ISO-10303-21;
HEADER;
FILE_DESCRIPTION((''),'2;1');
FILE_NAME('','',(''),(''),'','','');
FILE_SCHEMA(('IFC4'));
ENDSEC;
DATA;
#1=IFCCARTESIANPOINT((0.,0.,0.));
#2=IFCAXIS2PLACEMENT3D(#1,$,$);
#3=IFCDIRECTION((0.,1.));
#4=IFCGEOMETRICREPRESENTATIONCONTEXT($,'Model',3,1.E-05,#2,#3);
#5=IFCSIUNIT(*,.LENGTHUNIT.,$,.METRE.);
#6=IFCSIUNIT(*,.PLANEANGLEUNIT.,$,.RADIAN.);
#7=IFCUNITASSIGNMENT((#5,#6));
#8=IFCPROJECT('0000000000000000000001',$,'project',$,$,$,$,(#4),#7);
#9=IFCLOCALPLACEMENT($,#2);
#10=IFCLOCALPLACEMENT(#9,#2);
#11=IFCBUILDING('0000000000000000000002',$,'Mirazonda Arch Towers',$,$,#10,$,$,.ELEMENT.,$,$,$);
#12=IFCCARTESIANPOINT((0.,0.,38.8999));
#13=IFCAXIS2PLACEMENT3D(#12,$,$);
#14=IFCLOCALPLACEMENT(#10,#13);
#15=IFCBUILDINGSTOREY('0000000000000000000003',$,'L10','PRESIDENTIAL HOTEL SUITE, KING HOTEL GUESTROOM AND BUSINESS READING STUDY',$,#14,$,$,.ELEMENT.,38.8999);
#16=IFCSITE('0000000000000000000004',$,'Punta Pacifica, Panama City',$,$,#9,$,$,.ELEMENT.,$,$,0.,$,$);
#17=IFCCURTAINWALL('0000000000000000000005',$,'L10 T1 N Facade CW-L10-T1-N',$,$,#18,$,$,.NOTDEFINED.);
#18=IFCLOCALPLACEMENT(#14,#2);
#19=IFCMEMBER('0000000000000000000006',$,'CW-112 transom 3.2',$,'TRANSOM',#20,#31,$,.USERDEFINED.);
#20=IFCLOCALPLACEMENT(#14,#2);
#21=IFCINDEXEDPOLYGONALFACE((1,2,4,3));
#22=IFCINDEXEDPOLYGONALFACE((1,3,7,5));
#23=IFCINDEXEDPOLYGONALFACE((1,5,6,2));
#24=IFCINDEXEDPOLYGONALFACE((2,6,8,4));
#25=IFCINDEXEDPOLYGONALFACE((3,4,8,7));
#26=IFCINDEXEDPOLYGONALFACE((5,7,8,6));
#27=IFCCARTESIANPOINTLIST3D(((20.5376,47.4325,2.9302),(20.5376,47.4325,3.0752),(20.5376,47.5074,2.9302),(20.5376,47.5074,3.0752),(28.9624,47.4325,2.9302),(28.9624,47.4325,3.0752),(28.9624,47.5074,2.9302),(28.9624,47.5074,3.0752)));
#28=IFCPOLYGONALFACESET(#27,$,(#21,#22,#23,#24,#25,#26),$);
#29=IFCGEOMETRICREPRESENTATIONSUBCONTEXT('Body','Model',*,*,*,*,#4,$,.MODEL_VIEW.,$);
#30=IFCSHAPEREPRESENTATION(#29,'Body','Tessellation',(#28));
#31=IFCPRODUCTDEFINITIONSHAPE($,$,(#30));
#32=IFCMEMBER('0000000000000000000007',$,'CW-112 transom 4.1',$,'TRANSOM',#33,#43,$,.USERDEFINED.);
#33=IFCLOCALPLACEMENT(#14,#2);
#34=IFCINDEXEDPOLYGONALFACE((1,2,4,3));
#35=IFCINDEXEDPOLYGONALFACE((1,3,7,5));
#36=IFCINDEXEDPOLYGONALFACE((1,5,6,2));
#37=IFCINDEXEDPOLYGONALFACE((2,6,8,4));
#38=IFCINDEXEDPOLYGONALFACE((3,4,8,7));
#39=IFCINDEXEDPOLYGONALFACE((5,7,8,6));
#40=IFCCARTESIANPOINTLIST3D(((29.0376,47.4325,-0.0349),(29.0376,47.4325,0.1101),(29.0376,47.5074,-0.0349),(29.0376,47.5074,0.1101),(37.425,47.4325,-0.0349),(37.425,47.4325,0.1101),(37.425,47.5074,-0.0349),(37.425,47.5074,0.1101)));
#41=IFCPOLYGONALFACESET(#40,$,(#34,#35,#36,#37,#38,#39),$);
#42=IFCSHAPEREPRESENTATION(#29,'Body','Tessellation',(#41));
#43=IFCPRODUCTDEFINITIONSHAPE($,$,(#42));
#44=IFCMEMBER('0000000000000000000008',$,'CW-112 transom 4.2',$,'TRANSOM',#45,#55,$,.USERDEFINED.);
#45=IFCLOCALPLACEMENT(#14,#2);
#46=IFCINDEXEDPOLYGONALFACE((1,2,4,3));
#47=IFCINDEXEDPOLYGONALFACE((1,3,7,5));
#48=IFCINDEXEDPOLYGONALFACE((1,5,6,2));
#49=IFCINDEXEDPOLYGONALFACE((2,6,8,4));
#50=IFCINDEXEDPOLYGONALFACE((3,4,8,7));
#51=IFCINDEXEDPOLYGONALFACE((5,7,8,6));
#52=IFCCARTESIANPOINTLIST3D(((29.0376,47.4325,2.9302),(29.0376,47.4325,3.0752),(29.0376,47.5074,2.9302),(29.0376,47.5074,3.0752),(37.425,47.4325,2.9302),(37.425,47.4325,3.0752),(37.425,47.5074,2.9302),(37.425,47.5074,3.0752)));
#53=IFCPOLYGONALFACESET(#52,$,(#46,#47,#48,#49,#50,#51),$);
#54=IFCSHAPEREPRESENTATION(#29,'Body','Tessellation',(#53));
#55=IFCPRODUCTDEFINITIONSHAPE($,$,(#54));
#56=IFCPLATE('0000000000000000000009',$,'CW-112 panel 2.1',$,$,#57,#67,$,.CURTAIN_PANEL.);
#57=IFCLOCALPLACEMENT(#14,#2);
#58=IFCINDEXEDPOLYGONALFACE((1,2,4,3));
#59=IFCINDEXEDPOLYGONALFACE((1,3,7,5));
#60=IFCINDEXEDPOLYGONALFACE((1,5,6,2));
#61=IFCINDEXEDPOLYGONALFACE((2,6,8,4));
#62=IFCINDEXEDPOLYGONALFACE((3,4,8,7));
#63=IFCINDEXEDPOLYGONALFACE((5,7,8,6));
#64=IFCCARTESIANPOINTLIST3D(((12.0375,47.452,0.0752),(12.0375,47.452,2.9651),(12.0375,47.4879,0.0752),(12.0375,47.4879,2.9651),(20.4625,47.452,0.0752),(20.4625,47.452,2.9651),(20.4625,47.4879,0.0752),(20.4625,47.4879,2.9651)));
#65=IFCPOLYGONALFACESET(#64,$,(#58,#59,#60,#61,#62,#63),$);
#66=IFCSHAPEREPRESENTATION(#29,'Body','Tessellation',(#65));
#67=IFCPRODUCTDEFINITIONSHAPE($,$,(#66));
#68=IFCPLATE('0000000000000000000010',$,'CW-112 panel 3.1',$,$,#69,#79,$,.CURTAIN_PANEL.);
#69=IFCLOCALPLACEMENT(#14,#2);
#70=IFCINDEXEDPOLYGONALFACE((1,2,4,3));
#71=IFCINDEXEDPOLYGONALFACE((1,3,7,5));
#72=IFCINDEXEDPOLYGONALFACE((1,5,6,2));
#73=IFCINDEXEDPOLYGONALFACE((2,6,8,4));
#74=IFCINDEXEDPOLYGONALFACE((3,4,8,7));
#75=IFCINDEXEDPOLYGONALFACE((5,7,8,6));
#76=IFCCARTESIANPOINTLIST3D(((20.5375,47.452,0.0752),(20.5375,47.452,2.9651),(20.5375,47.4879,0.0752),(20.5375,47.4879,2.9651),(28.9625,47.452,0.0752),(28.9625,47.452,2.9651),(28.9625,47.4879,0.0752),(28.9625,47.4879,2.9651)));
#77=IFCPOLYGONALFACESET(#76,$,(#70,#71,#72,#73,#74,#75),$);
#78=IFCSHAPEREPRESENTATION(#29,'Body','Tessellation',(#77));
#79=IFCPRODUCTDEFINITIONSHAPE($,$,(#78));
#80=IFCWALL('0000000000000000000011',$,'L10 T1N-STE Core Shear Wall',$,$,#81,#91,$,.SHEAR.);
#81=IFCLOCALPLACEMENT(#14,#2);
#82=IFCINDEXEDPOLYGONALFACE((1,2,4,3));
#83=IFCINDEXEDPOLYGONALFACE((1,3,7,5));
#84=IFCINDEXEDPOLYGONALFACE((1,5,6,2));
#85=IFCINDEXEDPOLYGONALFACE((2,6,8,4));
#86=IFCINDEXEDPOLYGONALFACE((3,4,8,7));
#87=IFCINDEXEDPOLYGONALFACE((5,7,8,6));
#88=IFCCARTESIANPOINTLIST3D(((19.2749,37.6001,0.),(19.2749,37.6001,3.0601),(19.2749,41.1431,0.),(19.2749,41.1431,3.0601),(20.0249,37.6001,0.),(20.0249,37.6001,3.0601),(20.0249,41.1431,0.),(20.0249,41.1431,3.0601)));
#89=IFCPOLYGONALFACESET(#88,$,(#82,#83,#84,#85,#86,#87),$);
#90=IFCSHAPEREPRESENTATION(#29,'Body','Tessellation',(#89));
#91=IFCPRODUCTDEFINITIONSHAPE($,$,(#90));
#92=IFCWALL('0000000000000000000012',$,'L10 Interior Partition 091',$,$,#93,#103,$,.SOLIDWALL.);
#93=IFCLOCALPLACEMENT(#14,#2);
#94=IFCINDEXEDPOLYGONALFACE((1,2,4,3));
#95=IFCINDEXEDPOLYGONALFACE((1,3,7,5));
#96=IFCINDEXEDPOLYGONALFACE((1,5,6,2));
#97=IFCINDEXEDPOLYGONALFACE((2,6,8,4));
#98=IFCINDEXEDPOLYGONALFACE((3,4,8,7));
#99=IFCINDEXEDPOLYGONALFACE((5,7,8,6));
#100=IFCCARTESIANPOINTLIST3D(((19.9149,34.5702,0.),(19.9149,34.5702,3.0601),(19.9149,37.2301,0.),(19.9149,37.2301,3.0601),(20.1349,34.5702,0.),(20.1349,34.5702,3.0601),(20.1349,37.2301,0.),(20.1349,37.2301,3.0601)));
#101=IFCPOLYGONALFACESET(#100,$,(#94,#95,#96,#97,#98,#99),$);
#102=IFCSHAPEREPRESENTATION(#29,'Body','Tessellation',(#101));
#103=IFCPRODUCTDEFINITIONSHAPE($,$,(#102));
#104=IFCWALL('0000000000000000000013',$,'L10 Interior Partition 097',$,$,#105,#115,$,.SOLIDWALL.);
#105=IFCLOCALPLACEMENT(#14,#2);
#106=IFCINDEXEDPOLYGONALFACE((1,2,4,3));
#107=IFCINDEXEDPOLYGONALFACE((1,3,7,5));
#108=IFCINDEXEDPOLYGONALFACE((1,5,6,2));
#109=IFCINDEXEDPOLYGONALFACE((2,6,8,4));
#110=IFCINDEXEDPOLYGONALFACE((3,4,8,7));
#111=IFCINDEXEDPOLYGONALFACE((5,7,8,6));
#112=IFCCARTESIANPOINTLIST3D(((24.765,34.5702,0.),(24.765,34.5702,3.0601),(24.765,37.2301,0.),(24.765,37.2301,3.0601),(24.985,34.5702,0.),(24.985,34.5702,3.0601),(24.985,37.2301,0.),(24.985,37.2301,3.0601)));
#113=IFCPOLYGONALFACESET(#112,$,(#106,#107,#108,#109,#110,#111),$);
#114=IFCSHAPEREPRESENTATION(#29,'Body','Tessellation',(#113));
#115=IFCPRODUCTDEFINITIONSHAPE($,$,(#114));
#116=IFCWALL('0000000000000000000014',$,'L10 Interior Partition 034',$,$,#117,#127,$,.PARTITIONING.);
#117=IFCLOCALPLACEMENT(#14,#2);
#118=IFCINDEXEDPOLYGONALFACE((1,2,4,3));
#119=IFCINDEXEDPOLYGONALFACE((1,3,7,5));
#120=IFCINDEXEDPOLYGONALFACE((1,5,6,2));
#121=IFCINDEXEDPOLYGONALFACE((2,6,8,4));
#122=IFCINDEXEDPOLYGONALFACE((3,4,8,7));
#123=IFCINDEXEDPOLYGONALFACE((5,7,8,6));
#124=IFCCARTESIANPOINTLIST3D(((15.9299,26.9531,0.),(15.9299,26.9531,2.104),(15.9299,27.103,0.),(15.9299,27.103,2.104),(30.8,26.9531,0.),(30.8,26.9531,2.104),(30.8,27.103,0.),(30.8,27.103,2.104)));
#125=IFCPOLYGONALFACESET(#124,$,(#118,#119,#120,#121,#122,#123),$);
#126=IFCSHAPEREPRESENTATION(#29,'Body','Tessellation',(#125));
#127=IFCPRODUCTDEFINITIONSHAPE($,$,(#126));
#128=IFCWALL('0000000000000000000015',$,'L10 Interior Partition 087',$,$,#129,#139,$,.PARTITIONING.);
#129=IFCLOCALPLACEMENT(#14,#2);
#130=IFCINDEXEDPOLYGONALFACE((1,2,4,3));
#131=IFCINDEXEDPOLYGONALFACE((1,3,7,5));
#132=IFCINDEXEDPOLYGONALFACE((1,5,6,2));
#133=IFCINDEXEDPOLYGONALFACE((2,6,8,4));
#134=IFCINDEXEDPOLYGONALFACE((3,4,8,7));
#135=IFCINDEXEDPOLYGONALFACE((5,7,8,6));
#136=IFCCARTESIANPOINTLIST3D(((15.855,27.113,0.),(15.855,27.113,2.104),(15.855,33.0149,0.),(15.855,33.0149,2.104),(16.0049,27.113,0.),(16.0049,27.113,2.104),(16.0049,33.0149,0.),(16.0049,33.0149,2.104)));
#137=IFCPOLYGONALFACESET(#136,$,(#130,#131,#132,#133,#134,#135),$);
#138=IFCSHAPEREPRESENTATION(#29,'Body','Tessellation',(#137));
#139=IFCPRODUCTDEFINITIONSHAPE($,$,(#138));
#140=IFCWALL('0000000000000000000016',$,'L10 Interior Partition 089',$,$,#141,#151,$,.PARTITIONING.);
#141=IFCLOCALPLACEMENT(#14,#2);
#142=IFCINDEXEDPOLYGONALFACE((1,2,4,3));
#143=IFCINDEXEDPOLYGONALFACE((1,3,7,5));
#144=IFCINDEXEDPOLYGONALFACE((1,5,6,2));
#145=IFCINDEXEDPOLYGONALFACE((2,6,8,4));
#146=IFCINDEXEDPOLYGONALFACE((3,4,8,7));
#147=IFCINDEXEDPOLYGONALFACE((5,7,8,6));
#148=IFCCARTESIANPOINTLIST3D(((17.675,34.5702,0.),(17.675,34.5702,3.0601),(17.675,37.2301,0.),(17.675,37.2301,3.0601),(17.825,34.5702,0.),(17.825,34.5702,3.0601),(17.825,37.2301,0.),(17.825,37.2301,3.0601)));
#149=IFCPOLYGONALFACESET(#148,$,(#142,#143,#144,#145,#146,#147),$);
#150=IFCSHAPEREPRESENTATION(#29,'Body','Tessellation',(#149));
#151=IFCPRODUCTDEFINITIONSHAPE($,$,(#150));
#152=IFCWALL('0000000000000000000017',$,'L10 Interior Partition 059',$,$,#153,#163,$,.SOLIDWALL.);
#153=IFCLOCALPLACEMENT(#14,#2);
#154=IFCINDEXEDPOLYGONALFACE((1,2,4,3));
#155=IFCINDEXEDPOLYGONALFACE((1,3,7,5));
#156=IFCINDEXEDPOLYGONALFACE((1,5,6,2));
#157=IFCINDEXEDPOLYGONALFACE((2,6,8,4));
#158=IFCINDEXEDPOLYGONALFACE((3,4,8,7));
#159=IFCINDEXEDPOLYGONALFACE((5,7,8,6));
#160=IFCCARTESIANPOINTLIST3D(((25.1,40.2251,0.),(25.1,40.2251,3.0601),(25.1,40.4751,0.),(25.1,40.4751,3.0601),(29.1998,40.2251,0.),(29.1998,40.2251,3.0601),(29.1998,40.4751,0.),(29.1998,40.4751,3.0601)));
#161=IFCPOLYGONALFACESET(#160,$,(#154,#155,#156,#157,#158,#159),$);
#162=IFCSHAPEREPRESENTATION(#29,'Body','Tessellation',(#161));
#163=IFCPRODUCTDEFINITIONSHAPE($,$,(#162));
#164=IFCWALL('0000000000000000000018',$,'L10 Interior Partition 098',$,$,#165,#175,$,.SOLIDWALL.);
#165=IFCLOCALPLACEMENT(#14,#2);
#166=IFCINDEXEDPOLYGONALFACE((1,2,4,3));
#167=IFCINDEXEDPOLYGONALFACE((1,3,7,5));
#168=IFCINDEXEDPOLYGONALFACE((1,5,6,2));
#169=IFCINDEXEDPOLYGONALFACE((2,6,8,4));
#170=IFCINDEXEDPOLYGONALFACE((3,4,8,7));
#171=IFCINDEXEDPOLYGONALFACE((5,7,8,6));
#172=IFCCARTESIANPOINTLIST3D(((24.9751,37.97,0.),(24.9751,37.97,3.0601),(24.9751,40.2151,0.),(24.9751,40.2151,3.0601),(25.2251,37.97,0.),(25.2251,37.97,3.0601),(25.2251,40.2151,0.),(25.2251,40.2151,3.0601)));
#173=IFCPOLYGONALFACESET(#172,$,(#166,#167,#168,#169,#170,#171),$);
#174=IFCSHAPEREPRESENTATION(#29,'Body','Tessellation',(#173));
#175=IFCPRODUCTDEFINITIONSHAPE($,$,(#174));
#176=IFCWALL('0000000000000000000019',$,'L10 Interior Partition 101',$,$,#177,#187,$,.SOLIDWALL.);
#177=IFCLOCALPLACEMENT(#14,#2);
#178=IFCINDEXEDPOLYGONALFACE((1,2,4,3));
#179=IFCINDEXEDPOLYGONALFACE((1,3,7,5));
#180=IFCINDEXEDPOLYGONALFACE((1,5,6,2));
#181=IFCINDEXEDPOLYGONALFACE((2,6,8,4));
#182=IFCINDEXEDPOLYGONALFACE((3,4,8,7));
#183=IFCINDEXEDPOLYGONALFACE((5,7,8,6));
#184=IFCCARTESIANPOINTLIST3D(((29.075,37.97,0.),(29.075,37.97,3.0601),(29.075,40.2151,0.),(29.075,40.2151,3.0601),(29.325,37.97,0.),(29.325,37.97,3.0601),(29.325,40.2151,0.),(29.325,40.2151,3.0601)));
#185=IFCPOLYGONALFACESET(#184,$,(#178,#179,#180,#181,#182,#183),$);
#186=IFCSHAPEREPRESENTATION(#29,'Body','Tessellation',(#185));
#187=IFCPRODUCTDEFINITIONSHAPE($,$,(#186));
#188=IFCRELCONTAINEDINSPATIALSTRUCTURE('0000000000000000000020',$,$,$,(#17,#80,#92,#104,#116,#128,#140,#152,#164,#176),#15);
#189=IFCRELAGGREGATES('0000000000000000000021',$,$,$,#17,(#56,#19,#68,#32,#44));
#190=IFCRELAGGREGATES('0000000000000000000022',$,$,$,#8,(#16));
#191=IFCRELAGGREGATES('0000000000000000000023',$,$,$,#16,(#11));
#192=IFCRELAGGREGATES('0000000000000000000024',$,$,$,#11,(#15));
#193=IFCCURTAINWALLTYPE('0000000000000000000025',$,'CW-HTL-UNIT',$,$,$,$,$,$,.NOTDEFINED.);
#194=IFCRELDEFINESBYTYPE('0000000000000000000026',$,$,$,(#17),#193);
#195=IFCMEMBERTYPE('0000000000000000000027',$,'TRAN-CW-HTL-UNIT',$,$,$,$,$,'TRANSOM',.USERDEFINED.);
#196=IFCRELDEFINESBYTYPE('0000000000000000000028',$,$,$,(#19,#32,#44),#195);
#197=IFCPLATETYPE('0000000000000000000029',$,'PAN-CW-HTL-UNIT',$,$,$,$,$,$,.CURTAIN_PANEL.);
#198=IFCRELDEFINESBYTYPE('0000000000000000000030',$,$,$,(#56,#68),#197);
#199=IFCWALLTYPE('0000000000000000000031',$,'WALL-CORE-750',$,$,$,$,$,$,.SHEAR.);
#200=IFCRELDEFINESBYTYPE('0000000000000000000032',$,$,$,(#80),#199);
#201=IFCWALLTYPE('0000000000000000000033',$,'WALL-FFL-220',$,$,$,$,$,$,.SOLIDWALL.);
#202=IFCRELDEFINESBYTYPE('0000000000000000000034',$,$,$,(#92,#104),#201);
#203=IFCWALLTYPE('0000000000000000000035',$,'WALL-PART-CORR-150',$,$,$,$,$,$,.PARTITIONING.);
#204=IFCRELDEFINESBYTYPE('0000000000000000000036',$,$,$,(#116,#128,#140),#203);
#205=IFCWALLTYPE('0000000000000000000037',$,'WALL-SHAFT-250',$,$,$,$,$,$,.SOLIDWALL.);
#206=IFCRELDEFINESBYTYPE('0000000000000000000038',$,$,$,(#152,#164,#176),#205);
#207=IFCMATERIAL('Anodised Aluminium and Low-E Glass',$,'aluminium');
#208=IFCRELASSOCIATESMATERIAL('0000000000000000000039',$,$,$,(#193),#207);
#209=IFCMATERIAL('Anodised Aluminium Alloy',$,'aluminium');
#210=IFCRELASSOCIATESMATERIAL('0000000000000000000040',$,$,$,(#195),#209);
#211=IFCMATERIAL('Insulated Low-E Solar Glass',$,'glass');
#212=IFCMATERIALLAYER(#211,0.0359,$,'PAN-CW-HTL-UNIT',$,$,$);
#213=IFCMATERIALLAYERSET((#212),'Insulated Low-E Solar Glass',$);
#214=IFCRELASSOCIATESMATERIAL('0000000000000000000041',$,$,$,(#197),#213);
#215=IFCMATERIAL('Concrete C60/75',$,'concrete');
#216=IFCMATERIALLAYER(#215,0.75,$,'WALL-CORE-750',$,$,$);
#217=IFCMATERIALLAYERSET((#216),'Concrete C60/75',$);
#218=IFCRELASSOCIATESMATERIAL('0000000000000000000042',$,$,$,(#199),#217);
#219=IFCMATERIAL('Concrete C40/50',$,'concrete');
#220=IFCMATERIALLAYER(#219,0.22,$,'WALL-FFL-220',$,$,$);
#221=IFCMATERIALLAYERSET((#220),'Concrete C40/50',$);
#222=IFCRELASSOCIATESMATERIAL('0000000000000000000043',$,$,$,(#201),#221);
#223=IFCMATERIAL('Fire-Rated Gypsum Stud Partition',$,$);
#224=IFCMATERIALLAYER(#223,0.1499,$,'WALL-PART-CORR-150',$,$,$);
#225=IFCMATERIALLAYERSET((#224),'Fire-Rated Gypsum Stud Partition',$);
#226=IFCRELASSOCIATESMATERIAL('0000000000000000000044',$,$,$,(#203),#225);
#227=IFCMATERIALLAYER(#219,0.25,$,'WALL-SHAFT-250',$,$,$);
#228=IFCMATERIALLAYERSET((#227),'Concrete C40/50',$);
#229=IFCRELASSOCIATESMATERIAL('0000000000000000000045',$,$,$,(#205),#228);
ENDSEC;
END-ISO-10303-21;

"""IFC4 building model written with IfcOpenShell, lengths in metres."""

from ifc_helpers import new_model, si_unit, direction, frame, frame_2d, origin, origin_2d, place, context, subcontext, project, spatial, rectangle, extrude, material, layer, layer_set, material_profile, profile_set, type_object, element, aggregate, save


model = new_model("IFC4")

# Units and contexts
model_context = context("Model", 3, precision=1e-05, world=origin(), true_north=direction((0.0, 1.0)))
body_context = subcontext(model_context, "Body", "Model", "MODEL_VIEW")
ifc_project = project(units=[si_unit("LENGTHUNIT", "METRE"), si_unit("PLANEANGLEUNIT", "RADIAN")], contexts=[model_context])

# Site, building, storey
site_placement = place(None, origin())
site = spatial("IfcSite", under=ifc_project, at=site_placement, Name="Punta Pacifica, Panama City", CompositionType="ELEMENT", RefElevation=0.0)
building_placement = place(site_placement, origin())
building = spatial("IfcBuilding", under=site, at=building_placement, Name="Mirazonda Arch Towers", CompositionType="ELEMENT")
storey_placement = place(building_placement, frame((0.0, 0.0, 38.8999)))
storey = spatial("IfcBuildingStorey", under=building, at=storey_placement, Name="L10", Description="PRESIDENTIAL HOTEL SUITE, KING HOTEL GUESTROOM AND BUSINESS READING STUDY", CompositionType="ELEMENT", Elevation=38.8999)

# Shared definitions
ifc_material_1 = material(Name="Concrete C60/75", Category="concrete")

# Curtain wall, members, plates
ifc_material_2 = material(Name="Anodised Aluminium and Low-E Glass", Category="aluminium")
curtain_wall_type = type_object("IfcCurtainWallType", Name="CW-HTL-UNIT", PredefinedType="NOTDEFINED", material=ifc_material_2)
curtain_wall_placement = place(storey_placement, origin())
curtain_wall = element("IfcCurtainWall", 1, at=curtain_wall_placement, inside=storey, type_object=curtain_wall_type, Name="L10 T1 N Facade CW-L10-T1-N", PredefinedType="NOTDEFINED")
ifc_material_3 = material(Name="Anodised Aluminium Alloy", Category="aluminium")
ifc_material_profile_1 = material_profile(ifc_material_3, rectangle(XDim=0.075, YDim=0.145, at=origin_2d()), Name="ALU-TRAN-75x145")
ifc_profile_set_1 = profile_set([ifc_material_profile_1], Name="Anodised Aluminium Alloy")
member_type_1 = type_object("IfcMemberType", Name="TRAN-CW-HTL-UNIT", ElementType="TRANSOM", PredefinedType="USERDEFINED", material=ifc_profile_set_1)
member_1_placement = place(storey_placement, frame((20.5376, 47.47, 3.0027), z_axis=(1.0, 0.0, 0.0), x_axis=(0.0, 1.0, 0.0)))
member_1 = element("IfcMember", 2, at=member_1_placement, type_object=member_type_1, Name="CW-112 transom 3.2", ObjectType="TRANSOM", PredefinedType="USERDEFINED", context=body_context, shape_type="SweptSolid", body=[
    extrude(rectangle(XDim=0.075, YDim=0.145, at=origin_2d()), origin(), (0.0, 0.0, 1.0), 8.4248),
])
member_2_placement = place(storey_placement, frame((29.0376, 47.47, 0.0376), z_axis=(1.0, 0.0, 0.0), x_axis=(0.0, 1.0, 0.0)))
member_2 = element("IfcMember", 3, at=member_2_placement, type_object=member_type_1, Name="CW-112 transom 4.1", ObjectType="TRANSOM", PredefinedType="USERDEFINED", context=body_context, shape_type="SweptSolid", body=[
    extrude(rectangle(XDim=0.075, YDim=0.145, at=origin_2d()), origin(), (0.0, 0.0, 1.0), 8.3875),
])
member_3_placement = place(storey_placement, frame((29.0376, 47.47, 3.0027), z_axis=(1.0, 0.0, 0.0), x_axis=(0.0, 1.0, 0.0)))
member_3 = element("IfcMember", 4, at=member_3_placement, type_object=member_type_1, Name="CW-112 transom 4.2", ObjectType="TRANSOM", PredefinedType="USERDEFINED", context=body_context, shape_type="SweptSolid", body=[
    extrude(rectangle(XDim=0.075, YDim=0.145, at=origin_2d()), origin(), (0.0, 0.0, 1.0), 8.3875),
])
ifc_material_4 = material(Name="Insulated Low-E Solar Glass", Category="glass")
ifc_layer_1 = layer(ifc_material_4, 0.0359, Name="PAN-CW-HTL-UNIT")
ifc_layer_set_1 = layer_set([ifc_layer_1], Name="Insulated Low-E Solar Glass")
plate_type = type_object("IfcPlateType", Name="PAN-CW-HTL-UNIT", PredefinedType="CURTAIN_PANEL", material=ifc_layer_set_1)
plate_1_placement = place(storey_placement, frame((16.25, 47.47, 0.0752), z_axis=(0.0, 0.0, 1.0), x_axis=(1.0, 0.0, 0.0)))
plate_1 = element("IfcPlate", 5, at=plate_1_placement, type_object=plate_type, Name="CW-112 panel 2.1", PredefinedType="CURTAIN_PANEL", context=body_context, shape_type="SweptSolid", body=[
    extrude(rectangle(XDim=8.425, YDim=0.0359, at=origin_2d()), origin(), (0.0, 0.0, 1.0), 2.8899),
])
plate_2_placement = place(storey_placement, frame((24.75, 47.47, 0.0752), z_axis=(0.0, 0.0, 1.0), x_axis=(1.0, 0.0, 0.0)))
plate_2 = element("IfcPlate", 6, at=plate_2_placement, type_object=plate_type, Name="CW-112 panel 3.1", PredefinedType="CURTAIN_PANEL", context=body_context, shape_type="SweptSolid", body=[
    extrude(rectangle(XDim=8.425, YDim=0.0359, at=origin_2d()), origin(), (0.0, 0.0, 1.0), 2.8899),
])
aggregate(curtain_wall, [plate_1, member_1, plate_2, member_2, member_3])

# Walls
ifc_layer_2 = layer(ifc_material_1, 0.75, Name="WALL-CORE-750")
ifc_layer_set_2 = layer_set([ifc_layer_2], Name="Concrete C60/75")
wall_type_1 = type_object("IfcWallType", Name="WALL-CORE-750", PredefinedType="SHEAR", material=ifc_layer_set_2)
wall_1_placement = place(storey_placement, frame((19.6499, 37.6001, 0.0), z_axis=(0.0, 0.0, 1.0), x_axis=(0.0, 1.0, 0.0)))
element("IfcWall", 7, at=wall_1_placement, inside=storey, type_object=wall_type_1, Name="L10 T1N-STE Core Shear Wall", PredefinedType="SHEAR", context=body_context, shape_type="SweptSolid", body=[
    extrude(rectangle(XDim=3.543, YDim=0.75, at=frame_2d((1.7715, 0.0))), origin(), (0.0, 0.0, 1.0), 3.0601),
])
ifc_material_5 = material(Name="Concrete C40/50", Category="concrete")
ifc_layer_3 = layer(ifc_material_5, 0.22, Name="WALL-FFL-220")
ifc_layer_set_3 = layer_set([ifc_layer_3], Name="Concrete C40/50")
wall_type_2 = type_object("IfcWallType", Name="WALL-FFL-220", PredefinedType="SOLIDWALL", material=ifc_layer_set_3)
for number, where, z_axis, x_axis, name in (
    (8, (20.0249, 34.5701, 0.0), (0.0, 0.0, 1.0), (0.0, 1.0, 0.0), "L10 Interior Partition 091"),
    (9, (24.875, 34.5701, 0.0), (0.0, 0.0, 1.0), (0.0, 1.0, 0.0), "L10 Interior Partition 097"),
):
    element("IfcWall", number, at=place(storey_placement, frame(where, z_axis=z_axis, x_axis=x_axis)), inside=storey, type_object=wall_type_2, Name=name, PredefinedType="SOLIDWALL", context=body_context, shape_type="SweptSolid", body=[
        extrude(rectangle(XDim=2.6599, YDim=0.22, at=frame_2d((1.3301, 0.0))), origin(), (0.0, 0.0, 1.0), 3.0601),
    ])
ifc_material_6 = material(Name="Fire-Rated Gypsum Stud Partition")
ifc_layer_4 = layer(ifc_material_6, 0.1499, Name="WALL-PART-CORR-150")
ifc_layer_set_4 = layer_set([ifc_layer_4], Name="Fire-Rated Gypsum Stud Partition")
wall_type_3 = type_object("IfcWallType", Name="WALL-PART-CORR-150", PredefinedType="PARTITIONING", material=ifc_layer_set_4)
wall_2_placement = place(storey_placement, frame((15.9299, 27.0281, 0.0), z_axis=(0.0, 0.0, 1.0), x_axis=(1.0, 0.0, 0.0)))
element("IfcWall", 10, at=wall_2_placement, inside=storey, type_object=wall_type_3, Name="L10 Interior Partition 034", PredefinedType="PARTITIONING", context=body_context, shape_type="SweptSolid", body=[
    extrude(rectangle(XDim=14.8701, YDim=0.1499, at=frame_2d((7.4351, 0.0))), origin(), (0.0, 0.0, 1.0), 2.104),
])
wall_3_placement = place(storey_placement, frame((15.9299, 27.113, 0.0), z_axis=(0.0, 0.0, 1.0), x_axis=(0.0, 1.0, 0.0)))
element("IfcWall", 11, at=wall_3_placement, inside=storey, type_object=wall_type_3, Name="L10 Interior Partition 087", PredefinedType="PARTITIONING", context=body_context, shape_type="SweptSolid", body=[
    extrude(rectangle(XDim=5.9019, YDim=0.1499, at=frame_2d((2.9509, 0.0))), origin(), (0.0, 0.0, 1.0), 2.104),
])
wall_4_placement = place(storey_placement, frame((17.75, 34.5701, 0.0), z_axis=(0.0, 0.0, 1.0), x_axis=(0.0, 1.0, 0.0)))
element("IfcWall", 12, at=wall_4_placement, inside=storey, type_object=wall_type_3, Name="L10 Interior Partition 089", PredefinedType="PARTITIONING", context=body_context, shape_type="SweptSolid", body=[
    extrude(rectangle(XDim=2.6599, YDim=0.1499, at=frame_2d((1.3301, 0.0))), origin(), (0.0, 0.0, 1.0), 3.0601),
])
ifc_layer_5 = layer(ifc_material_5, 0.25, Name="WALL-SHAFT-250")
ifc_layer_set_5 = layer_set([ifc_layer_5], Name="Concrete C40/50")
wall_type_4 = type_object("IfcWallType", Name="WALL-SHAFT-250", PredefinedType="SOLIDWALL", material=ifc_layer_set_5)
wall_5_placement = place(storey_placement, frame((25.1001, 40.3501, 0.0), z_axis=(0.0, 0.0, 1.0), x_axis=(1.0, 0.0, 0.0)))
element("IfcWall", 13, at=wall_5_placement, inside=storey, type_object=wall_type_4, Name="L10 Interior Partition 059", PredefinedType="SOLIDWALL", context=body_context, shape_type="SweptSolid", body=[
    extrude(rectangle(XDim=4.0999, YDim=0.25, at=frame_2d((2.0498, 0.0))), origin(), (0.0, 0.0, 1.0), 3.0601),
])
for number, where, z_axis, x_axis, name in (
    (14, (25.1001, 37.97, 0.0), (0.0, 0.0, 1.0), (0.0, 1.0, 0.0), "L10 Interior Partition 098"),
    (15, (29.2, 37.97, 0.0), (0.0, 0.0, 1.0), (0.0, 1.0, 0.0), "L10 Interior Partition 101"),
):
    element("IfcWall", number, at=place(storey_placement, frame(where, z_axis=z_axis, x_axis=x_axis)), inside=storey, type_object=wall_type_4, Name=name, PredefinedType="SOLIDWALL", context=body_context, shape_type="SweptSolid", body=[
        extrude(rectangle(XDim=2.2451, YDim=0.25, at=frame_2d((1.1226, 0.0))), origin(), (0.0, 0.0, 1.0), 3.0601),
    ])

save(model, "model.ifc")
